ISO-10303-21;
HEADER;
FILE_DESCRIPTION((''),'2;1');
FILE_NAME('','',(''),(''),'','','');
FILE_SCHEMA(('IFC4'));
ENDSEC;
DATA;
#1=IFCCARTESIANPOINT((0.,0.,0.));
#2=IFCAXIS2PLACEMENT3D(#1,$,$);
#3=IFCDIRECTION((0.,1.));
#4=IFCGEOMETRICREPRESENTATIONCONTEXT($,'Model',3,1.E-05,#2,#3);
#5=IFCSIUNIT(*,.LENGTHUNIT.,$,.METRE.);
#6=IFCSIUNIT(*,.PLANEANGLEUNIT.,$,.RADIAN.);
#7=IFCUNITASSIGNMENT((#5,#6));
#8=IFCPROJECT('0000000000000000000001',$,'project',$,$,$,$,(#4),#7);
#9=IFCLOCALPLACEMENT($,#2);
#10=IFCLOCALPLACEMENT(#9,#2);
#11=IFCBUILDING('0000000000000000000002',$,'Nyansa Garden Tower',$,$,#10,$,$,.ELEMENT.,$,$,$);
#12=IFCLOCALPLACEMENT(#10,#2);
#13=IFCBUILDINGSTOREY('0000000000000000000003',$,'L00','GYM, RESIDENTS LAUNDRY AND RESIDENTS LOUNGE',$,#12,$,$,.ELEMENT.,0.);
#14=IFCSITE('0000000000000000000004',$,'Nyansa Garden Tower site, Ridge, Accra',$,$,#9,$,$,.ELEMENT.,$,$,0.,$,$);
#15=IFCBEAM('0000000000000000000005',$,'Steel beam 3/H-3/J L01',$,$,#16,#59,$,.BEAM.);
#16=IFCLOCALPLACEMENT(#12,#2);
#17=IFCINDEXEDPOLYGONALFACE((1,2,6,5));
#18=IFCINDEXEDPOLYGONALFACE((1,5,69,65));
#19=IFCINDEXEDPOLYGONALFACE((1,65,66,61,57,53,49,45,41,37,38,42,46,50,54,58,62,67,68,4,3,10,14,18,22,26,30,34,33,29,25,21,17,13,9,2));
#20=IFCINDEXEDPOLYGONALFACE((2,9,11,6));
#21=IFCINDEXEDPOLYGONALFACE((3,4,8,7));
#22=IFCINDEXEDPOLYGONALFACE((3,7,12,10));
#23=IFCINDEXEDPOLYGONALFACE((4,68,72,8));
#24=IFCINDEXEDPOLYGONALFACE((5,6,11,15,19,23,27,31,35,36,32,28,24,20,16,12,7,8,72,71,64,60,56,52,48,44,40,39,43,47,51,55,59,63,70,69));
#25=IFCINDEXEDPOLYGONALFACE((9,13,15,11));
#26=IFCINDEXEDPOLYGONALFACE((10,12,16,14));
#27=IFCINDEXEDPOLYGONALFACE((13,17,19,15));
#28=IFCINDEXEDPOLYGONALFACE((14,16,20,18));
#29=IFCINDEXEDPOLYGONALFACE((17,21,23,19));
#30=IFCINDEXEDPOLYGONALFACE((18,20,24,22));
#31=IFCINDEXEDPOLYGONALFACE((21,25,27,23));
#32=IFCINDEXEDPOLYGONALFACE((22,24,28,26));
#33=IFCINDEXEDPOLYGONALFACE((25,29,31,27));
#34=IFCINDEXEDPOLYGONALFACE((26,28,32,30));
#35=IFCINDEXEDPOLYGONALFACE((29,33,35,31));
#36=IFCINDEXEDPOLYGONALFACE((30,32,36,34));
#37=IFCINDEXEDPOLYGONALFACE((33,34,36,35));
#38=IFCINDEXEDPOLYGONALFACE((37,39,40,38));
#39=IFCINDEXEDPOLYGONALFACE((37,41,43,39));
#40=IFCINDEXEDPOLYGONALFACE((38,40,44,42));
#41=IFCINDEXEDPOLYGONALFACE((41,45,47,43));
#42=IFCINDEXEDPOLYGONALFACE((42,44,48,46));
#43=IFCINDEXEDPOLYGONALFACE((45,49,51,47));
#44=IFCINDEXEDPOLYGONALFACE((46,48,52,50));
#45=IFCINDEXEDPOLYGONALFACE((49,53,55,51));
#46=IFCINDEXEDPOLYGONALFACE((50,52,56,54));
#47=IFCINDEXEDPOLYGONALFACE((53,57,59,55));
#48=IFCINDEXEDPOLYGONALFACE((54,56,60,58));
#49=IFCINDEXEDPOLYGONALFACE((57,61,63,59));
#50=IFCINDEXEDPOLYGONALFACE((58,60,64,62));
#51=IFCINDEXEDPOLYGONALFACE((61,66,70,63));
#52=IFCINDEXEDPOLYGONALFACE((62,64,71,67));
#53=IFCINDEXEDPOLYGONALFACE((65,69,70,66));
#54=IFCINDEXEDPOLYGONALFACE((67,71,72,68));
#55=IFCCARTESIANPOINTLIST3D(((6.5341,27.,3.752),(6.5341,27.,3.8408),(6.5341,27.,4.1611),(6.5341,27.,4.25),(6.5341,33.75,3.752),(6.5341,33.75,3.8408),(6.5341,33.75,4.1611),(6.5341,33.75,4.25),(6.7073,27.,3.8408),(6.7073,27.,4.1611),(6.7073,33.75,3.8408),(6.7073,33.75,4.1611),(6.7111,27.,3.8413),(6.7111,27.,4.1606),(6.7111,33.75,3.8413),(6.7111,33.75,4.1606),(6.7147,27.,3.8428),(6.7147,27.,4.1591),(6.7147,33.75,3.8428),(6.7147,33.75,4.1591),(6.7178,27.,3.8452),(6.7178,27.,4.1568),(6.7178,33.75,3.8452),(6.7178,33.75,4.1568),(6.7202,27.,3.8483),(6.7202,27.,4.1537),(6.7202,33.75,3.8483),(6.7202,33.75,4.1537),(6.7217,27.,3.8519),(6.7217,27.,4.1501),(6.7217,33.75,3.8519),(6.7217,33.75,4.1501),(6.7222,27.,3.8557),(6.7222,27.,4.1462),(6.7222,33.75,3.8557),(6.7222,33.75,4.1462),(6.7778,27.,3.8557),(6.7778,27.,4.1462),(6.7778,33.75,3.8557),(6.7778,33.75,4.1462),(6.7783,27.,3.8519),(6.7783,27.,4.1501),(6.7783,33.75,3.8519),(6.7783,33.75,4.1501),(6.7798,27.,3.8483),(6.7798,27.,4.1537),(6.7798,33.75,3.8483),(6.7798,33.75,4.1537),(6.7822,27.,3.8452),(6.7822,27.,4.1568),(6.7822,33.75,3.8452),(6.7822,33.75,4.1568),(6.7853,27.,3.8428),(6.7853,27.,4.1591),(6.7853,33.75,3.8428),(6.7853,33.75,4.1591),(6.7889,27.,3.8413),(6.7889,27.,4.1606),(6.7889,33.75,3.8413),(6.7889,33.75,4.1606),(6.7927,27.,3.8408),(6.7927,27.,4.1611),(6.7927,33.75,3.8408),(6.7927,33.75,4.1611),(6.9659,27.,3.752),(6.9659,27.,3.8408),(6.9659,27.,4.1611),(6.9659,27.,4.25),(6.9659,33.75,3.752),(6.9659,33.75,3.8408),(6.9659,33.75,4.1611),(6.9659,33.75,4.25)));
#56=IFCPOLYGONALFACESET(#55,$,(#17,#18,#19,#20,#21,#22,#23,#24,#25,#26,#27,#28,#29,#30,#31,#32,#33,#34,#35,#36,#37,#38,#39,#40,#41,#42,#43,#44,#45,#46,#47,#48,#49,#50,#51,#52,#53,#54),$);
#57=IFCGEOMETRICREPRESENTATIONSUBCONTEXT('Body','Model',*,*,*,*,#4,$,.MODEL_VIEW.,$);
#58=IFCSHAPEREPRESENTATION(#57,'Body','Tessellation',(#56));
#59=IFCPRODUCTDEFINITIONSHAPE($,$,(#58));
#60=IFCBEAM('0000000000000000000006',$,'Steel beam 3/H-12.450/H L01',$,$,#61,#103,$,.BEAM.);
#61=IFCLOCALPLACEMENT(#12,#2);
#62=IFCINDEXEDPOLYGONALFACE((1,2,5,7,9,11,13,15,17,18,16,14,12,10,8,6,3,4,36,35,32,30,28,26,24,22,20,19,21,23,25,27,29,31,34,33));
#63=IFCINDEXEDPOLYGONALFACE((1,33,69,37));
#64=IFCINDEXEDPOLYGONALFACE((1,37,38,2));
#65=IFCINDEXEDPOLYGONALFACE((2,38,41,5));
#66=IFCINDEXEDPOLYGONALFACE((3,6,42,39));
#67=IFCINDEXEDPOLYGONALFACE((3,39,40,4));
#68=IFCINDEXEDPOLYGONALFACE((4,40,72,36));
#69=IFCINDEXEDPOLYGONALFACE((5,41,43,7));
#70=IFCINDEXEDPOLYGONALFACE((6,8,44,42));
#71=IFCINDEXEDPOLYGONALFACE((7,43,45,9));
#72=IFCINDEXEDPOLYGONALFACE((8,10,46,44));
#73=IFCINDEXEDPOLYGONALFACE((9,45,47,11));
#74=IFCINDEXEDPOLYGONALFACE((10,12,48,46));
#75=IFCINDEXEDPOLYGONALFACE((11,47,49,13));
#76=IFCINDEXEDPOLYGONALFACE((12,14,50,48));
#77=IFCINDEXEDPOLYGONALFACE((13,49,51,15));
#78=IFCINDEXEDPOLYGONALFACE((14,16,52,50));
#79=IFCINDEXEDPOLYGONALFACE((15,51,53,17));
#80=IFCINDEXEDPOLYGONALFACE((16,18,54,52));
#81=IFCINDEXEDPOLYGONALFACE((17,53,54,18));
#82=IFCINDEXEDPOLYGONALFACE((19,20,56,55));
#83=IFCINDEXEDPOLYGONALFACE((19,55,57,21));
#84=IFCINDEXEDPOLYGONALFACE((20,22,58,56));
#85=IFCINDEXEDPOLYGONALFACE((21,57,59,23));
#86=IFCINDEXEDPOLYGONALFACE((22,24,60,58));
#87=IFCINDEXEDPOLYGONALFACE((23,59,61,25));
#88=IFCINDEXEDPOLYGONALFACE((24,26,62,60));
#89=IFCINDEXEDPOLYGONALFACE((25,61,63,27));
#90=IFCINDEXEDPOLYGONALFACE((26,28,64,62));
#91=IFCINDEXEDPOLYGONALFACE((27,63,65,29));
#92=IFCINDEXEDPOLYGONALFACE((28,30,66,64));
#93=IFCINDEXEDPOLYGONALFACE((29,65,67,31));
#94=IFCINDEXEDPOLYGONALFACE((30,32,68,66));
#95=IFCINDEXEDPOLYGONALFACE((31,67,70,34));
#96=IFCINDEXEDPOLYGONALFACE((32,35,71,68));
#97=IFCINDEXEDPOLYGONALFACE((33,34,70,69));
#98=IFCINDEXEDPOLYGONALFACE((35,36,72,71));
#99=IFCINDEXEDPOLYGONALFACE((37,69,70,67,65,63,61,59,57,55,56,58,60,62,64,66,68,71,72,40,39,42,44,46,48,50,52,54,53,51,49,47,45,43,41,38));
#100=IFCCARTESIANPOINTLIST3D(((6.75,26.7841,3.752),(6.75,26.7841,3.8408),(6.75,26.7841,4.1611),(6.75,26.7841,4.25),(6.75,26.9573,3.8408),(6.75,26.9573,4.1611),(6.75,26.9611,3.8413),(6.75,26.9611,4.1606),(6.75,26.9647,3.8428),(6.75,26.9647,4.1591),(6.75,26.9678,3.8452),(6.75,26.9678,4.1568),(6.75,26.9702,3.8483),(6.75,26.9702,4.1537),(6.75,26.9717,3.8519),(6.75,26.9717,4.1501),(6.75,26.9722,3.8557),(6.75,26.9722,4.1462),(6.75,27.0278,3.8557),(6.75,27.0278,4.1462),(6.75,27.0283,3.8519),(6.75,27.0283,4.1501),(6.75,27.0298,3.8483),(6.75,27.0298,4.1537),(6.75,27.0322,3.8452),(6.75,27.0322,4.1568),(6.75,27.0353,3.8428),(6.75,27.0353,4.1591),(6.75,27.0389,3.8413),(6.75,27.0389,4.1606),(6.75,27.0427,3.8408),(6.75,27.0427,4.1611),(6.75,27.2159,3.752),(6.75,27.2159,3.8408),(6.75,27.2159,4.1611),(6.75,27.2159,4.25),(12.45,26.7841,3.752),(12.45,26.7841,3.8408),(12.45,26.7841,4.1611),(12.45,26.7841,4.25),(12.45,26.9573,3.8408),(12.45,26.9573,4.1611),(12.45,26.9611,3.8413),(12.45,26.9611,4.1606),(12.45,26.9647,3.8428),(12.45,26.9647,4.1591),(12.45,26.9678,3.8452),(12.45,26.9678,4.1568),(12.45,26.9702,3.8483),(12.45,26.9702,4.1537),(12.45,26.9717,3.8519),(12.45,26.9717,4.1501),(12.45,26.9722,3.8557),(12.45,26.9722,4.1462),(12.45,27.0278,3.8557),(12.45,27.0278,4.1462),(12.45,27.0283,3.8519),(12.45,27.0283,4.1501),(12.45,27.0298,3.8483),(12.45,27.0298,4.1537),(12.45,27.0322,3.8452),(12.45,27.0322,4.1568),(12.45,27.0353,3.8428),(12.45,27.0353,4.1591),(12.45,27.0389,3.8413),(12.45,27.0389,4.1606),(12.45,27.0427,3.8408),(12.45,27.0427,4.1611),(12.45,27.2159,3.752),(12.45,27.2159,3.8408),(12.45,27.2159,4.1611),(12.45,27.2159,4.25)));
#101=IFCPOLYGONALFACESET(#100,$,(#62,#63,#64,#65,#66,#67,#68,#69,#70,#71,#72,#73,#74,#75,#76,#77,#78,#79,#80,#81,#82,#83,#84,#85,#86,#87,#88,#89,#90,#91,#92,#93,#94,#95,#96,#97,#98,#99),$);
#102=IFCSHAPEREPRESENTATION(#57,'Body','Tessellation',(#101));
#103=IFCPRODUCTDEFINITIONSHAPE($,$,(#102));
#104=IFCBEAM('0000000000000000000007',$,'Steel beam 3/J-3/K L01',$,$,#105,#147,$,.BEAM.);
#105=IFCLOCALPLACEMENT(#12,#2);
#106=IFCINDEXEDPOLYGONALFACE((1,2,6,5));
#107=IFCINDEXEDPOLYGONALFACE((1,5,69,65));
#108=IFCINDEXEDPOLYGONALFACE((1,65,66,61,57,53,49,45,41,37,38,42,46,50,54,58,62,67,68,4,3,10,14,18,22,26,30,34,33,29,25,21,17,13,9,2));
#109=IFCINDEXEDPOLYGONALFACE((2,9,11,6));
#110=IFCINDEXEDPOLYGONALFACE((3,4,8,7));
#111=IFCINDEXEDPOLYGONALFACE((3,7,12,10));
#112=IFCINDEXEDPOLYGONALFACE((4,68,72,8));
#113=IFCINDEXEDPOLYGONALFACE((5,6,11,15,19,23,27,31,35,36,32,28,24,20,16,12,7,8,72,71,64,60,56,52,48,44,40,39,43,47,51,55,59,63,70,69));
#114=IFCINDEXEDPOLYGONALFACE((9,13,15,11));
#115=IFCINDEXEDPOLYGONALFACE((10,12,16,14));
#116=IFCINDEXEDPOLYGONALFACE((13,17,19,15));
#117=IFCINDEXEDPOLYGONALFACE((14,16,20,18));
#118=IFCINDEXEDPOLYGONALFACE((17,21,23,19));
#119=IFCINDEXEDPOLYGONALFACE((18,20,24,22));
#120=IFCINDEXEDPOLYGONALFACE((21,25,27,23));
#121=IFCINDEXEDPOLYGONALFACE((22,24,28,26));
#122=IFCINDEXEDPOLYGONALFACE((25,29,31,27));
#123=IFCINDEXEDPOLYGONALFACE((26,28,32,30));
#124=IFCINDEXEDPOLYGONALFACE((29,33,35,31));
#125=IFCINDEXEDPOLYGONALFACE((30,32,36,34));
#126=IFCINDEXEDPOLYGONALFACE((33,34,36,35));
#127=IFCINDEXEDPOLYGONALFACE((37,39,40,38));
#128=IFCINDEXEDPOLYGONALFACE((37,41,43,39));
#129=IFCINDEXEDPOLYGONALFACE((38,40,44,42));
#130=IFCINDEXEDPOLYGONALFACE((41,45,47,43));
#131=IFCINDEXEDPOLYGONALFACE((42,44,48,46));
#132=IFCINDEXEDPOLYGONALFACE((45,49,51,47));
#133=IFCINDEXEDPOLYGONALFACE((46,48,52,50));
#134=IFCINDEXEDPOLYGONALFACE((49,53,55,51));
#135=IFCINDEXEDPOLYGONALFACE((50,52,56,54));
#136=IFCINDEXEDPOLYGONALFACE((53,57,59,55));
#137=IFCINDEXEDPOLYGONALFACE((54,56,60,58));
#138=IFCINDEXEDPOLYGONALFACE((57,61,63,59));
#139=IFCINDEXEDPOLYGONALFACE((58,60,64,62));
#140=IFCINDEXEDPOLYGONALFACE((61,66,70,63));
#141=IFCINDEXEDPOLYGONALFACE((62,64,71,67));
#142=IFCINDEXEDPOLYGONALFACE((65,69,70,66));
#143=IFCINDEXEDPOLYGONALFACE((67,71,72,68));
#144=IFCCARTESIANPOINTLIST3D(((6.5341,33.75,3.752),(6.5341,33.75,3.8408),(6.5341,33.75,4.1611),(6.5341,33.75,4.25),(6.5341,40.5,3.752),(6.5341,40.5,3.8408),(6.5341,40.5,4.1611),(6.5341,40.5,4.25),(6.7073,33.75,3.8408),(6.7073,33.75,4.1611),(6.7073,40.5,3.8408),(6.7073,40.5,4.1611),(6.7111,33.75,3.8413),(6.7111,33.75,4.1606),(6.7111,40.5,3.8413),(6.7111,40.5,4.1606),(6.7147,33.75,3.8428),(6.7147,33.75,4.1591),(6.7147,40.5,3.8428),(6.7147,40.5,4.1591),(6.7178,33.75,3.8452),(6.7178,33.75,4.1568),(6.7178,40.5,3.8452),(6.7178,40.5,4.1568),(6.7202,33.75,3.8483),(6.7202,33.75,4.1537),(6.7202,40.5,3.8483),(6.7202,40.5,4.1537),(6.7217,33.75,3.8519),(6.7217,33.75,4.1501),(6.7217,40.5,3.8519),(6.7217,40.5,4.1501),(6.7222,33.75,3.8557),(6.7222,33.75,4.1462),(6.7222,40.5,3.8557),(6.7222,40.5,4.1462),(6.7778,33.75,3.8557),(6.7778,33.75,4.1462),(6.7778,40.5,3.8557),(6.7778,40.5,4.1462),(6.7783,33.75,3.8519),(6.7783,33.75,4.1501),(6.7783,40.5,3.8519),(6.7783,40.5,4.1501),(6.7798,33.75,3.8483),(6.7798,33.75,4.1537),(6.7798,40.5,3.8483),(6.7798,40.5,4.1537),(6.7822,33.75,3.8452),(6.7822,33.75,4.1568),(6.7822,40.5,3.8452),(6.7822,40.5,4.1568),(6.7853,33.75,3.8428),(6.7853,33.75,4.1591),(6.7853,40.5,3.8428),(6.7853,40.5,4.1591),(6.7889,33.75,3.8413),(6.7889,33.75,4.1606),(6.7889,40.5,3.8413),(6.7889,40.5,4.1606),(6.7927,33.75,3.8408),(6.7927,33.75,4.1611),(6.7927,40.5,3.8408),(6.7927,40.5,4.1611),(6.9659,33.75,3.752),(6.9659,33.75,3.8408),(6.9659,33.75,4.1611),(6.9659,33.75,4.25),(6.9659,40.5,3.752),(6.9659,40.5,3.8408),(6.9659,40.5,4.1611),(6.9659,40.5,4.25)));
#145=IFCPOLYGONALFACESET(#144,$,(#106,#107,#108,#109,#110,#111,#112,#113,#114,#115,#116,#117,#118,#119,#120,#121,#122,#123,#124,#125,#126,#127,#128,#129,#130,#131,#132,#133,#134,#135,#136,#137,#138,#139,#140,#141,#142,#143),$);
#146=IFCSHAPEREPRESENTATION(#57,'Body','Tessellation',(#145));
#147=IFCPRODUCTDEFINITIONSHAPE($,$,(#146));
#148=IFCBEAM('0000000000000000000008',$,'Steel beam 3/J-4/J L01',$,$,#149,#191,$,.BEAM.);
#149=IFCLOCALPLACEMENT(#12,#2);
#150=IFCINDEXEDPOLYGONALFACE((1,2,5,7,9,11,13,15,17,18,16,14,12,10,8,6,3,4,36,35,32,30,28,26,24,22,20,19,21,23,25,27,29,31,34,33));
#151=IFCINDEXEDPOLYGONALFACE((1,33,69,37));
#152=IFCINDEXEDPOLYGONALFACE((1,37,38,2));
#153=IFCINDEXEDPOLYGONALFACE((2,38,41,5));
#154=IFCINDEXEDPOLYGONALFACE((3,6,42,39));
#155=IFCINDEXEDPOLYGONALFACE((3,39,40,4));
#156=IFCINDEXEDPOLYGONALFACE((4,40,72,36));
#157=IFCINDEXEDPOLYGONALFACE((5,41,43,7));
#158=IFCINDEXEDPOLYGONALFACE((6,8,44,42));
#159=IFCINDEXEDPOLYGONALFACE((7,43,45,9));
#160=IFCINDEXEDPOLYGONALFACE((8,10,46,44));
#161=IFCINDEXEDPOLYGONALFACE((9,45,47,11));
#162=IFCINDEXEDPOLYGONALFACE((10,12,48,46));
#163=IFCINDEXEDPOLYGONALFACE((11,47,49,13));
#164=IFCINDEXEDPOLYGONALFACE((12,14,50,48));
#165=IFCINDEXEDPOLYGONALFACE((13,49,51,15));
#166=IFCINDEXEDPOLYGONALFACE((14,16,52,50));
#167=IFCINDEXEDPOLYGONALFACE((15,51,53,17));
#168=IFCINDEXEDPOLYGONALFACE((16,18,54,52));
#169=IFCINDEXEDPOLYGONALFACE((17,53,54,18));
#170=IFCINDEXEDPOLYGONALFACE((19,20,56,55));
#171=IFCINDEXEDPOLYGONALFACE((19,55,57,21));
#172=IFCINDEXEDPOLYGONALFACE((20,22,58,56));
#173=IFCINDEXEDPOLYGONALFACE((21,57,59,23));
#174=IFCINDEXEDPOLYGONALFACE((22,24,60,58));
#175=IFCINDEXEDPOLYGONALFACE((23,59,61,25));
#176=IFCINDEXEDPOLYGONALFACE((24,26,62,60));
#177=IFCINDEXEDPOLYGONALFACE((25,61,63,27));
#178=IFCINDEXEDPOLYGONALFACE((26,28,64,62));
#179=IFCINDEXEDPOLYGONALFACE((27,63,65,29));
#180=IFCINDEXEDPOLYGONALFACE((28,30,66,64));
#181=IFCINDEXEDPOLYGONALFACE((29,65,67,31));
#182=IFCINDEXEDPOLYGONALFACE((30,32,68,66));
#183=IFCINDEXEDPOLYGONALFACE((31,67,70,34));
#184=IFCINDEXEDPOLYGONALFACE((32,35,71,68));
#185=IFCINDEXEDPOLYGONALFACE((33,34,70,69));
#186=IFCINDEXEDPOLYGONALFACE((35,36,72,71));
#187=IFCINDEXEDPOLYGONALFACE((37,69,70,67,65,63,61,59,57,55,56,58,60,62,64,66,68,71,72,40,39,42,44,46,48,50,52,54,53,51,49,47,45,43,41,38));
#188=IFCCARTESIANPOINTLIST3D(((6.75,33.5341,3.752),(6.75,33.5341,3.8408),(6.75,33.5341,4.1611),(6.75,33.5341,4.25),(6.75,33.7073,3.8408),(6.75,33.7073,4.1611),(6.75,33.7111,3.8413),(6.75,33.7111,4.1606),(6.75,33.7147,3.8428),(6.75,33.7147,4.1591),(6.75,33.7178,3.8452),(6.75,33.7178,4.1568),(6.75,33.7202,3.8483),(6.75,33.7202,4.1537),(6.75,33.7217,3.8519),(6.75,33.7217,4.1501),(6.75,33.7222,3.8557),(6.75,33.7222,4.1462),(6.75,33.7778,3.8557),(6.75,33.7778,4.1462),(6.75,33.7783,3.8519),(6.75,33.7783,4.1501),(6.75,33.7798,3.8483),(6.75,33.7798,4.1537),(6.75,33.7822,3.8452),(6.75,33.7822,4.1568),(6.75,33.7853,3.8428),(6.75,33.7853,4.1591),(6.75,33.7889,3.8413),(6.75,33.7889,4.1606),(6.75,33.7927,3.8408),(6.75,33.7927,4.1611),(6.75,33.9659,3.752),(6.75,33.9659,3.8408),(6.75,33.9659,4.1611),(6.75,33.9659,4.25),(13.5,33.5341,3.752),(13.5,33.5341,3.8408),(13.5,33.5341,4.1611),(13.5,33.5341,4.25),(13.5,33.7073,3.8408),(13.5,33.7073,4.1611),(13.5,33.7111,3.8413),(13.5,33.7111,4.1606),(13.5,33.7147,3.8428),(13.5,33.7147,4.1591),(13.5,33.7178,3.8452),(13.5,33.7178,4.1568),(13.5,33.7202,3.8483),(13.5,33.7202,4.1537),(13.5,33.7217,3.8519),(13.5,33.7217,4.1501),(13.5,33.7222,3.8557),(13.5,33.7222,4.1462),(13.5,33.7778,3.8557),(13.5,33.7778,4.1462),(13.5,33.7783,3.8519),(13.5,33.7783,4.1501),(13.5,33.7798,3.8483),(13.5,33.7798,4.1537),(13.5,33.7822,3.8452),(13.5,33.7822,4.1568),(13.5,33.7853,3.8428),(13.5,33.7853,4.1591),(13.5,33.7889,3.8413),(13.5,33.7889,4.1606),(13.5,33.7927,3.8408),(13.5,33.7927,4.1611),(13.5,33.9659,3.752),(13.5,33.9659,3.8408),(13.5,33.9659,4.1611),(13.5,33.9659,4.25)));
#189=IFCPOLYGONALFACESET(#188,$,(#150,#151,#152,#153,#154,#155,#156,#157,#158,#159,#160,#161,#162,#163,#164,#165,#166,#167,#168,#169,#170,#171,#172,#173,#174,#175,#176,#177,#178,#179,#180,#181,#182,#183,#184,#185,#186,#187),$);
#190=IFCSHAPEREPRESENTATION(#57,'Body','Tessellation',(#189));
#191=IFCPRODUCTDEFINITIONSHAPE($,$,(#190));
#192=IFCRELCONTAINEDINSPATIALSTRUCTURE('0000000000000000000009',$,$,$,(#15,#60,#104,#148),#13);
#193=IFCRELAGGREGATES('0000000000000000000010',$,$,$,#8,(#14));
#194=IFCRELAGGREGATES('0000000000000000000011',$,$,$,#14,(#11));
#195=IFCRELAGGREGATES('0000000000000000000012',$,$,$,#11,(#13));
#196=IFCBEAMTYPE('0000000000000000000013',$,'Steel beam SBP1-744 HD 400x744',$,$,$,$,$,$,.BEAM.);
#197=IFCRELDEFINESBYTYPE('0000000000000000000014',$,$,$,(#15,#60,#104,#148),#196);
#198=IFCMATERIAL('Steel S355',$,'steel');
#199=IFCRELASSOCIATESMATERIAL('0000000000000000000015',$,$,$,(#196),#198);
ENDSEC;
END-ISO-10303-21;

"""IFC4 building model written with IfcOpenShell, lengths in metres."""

from ifc_helpers import new_model, si_unit, direction, frame, origin, origin_2d, place, context, subcontext, project, spatial, i_section, extrude, material, material_profile, profile_set, type_object, element, save


model = new_model("IFC4")

# Units and contexts
model_context = context("Model", 3, precision=1e-05, world=origin(), true_north=direction((0.0, 1.0)))
body_context = subcontext(model_context, "Body", "Model", "MODEL_VIEW")
ifc_project = project(units=[si_unit("LENGTHUNIT", "METRE"), si_unit("PLANEANGLEUNIT", "RADIAN")], contexts=[model_context])

# Site, building, storey
site_placement = place(None, origin())
site = spatial("IfcSite", under=ifc_project, at=site_placement, Name="Nyansa Garden Tower site, Ridge, Accra", CompositionType="ELEMENT", RefElevation=0.0)
building_placement = place(site_placement, origin())
building = spatial("IfcBuilding", under=site, at=building_placement, Name="Nyansa Garden Tower", CompositionType="ELEMENT")
storey_placement = place(building_placement, origin())
storey = spatial("IfcBuildingStorey", under=building, at=storey_placement, Name="L00", Description="GYM, RESIDENTS LAUNDRY AND RESIDENTS LOUNGE", CompositionType="ELEMENT", Elevation=0.0)

# Beams
ifc_material_1 = material(Name="Steel S355", Category="steel")
ifc_material_profile_1 = material_profile(ifc_material_1, i_section(OverallWidth=0.4319, OverallDepth=0.498, WebThickness=0.0557, FlangeThickness=0.0889, FilletRadius=0.0149, at=origin_2d()), Name="HD 400x744")
ifc_profile_set_1 = profile_set([ifc_material_profile_1], Name="Steel S355")
beam_type_1 = type_object("IfcBeamType", Name="Steel beam SBP1-744 HD 400x744", PredefinedType="BEAM", material=ifc_profile_set_1)
beam_1_placement = place(storey_placement, frame((6.75, 27.0, 4.001), z_axis=(0.0, 1.0, 0.0), x_axis=(-1.0, 0.0, 0.0)))
element("IfcBeam", 1, at=beam_1_placement, inside=storey, type_object=beam_type_1, Name="Steel beam 3/H-3/J L01", PredefinedType="BEAM", context=body_context, shape_type="SweptSolid", body=[
    extrude(i_section(OverallWidth=0.4319, OverallDepth=0.498, WebThickness=0.0557, FlangeThickness=0.0889, FilletRadius=0.0149, at=origin_2d()), origin(), (0.0, 0.0, 1.0), 6.75),
])
beam_2_placement = place(storey_placement, frame((6.75, 27.0, 4.001), z_axis=(1.0, 0.0, 0.0), x_axis=(0.0, 1.0, 0.0)))
element("IfcBeam", 2, at=beam_2_placement, inside=storey, type_object=beam_type_1, Name="Steel beam 3/H-12.450/H L01", PredefinedType="BEAM", context=body_context, shape_type="SweptSolid", body=[
    extrude(i_section(OverallWidth=0.4319, OverallDepth=0.498, WebThickness=0.0557, FlangeThickness=0.0889, FilletRadius=0.0149, at=origin_2d()), origin(), (0.0, 0.0, 1.0), 5.7),
])
for number, where, z_axis, x_axis, name in (
    (3, (6.75, 33.75, 4.001), (0.0, 1.0, 0.0), (-1.0, 0.0, 0.0), "Steel beam 3/J-3/K L01"),
    (4, (6.75, 33.75, 4.001), (1.0, 0.0, 0.0), (0.0, 1.0, 0.0), "Steel beam 3/J-4/J L01"),
):
    element("IfcBeam", number, at=place(storey_placement, frame(where, z_axis=z_axis, x_axis=x_axis)), inside=storey, type_object=beam_type_1, Name=name, PredefinedType="BEAM", context=body_context, shape_type="SweptSolid", body=[
        extrude(i_section(OverallWidth=0.4319, OverallDepth=0.498, WebThickness=0.0557, FlangeThickness=0.0889, FilletRadius=0.0149, at=origin_2d()), origin(), (0.0, 0.0, 1.0), 6.75),
    ])

save(model, "model.ifc")
